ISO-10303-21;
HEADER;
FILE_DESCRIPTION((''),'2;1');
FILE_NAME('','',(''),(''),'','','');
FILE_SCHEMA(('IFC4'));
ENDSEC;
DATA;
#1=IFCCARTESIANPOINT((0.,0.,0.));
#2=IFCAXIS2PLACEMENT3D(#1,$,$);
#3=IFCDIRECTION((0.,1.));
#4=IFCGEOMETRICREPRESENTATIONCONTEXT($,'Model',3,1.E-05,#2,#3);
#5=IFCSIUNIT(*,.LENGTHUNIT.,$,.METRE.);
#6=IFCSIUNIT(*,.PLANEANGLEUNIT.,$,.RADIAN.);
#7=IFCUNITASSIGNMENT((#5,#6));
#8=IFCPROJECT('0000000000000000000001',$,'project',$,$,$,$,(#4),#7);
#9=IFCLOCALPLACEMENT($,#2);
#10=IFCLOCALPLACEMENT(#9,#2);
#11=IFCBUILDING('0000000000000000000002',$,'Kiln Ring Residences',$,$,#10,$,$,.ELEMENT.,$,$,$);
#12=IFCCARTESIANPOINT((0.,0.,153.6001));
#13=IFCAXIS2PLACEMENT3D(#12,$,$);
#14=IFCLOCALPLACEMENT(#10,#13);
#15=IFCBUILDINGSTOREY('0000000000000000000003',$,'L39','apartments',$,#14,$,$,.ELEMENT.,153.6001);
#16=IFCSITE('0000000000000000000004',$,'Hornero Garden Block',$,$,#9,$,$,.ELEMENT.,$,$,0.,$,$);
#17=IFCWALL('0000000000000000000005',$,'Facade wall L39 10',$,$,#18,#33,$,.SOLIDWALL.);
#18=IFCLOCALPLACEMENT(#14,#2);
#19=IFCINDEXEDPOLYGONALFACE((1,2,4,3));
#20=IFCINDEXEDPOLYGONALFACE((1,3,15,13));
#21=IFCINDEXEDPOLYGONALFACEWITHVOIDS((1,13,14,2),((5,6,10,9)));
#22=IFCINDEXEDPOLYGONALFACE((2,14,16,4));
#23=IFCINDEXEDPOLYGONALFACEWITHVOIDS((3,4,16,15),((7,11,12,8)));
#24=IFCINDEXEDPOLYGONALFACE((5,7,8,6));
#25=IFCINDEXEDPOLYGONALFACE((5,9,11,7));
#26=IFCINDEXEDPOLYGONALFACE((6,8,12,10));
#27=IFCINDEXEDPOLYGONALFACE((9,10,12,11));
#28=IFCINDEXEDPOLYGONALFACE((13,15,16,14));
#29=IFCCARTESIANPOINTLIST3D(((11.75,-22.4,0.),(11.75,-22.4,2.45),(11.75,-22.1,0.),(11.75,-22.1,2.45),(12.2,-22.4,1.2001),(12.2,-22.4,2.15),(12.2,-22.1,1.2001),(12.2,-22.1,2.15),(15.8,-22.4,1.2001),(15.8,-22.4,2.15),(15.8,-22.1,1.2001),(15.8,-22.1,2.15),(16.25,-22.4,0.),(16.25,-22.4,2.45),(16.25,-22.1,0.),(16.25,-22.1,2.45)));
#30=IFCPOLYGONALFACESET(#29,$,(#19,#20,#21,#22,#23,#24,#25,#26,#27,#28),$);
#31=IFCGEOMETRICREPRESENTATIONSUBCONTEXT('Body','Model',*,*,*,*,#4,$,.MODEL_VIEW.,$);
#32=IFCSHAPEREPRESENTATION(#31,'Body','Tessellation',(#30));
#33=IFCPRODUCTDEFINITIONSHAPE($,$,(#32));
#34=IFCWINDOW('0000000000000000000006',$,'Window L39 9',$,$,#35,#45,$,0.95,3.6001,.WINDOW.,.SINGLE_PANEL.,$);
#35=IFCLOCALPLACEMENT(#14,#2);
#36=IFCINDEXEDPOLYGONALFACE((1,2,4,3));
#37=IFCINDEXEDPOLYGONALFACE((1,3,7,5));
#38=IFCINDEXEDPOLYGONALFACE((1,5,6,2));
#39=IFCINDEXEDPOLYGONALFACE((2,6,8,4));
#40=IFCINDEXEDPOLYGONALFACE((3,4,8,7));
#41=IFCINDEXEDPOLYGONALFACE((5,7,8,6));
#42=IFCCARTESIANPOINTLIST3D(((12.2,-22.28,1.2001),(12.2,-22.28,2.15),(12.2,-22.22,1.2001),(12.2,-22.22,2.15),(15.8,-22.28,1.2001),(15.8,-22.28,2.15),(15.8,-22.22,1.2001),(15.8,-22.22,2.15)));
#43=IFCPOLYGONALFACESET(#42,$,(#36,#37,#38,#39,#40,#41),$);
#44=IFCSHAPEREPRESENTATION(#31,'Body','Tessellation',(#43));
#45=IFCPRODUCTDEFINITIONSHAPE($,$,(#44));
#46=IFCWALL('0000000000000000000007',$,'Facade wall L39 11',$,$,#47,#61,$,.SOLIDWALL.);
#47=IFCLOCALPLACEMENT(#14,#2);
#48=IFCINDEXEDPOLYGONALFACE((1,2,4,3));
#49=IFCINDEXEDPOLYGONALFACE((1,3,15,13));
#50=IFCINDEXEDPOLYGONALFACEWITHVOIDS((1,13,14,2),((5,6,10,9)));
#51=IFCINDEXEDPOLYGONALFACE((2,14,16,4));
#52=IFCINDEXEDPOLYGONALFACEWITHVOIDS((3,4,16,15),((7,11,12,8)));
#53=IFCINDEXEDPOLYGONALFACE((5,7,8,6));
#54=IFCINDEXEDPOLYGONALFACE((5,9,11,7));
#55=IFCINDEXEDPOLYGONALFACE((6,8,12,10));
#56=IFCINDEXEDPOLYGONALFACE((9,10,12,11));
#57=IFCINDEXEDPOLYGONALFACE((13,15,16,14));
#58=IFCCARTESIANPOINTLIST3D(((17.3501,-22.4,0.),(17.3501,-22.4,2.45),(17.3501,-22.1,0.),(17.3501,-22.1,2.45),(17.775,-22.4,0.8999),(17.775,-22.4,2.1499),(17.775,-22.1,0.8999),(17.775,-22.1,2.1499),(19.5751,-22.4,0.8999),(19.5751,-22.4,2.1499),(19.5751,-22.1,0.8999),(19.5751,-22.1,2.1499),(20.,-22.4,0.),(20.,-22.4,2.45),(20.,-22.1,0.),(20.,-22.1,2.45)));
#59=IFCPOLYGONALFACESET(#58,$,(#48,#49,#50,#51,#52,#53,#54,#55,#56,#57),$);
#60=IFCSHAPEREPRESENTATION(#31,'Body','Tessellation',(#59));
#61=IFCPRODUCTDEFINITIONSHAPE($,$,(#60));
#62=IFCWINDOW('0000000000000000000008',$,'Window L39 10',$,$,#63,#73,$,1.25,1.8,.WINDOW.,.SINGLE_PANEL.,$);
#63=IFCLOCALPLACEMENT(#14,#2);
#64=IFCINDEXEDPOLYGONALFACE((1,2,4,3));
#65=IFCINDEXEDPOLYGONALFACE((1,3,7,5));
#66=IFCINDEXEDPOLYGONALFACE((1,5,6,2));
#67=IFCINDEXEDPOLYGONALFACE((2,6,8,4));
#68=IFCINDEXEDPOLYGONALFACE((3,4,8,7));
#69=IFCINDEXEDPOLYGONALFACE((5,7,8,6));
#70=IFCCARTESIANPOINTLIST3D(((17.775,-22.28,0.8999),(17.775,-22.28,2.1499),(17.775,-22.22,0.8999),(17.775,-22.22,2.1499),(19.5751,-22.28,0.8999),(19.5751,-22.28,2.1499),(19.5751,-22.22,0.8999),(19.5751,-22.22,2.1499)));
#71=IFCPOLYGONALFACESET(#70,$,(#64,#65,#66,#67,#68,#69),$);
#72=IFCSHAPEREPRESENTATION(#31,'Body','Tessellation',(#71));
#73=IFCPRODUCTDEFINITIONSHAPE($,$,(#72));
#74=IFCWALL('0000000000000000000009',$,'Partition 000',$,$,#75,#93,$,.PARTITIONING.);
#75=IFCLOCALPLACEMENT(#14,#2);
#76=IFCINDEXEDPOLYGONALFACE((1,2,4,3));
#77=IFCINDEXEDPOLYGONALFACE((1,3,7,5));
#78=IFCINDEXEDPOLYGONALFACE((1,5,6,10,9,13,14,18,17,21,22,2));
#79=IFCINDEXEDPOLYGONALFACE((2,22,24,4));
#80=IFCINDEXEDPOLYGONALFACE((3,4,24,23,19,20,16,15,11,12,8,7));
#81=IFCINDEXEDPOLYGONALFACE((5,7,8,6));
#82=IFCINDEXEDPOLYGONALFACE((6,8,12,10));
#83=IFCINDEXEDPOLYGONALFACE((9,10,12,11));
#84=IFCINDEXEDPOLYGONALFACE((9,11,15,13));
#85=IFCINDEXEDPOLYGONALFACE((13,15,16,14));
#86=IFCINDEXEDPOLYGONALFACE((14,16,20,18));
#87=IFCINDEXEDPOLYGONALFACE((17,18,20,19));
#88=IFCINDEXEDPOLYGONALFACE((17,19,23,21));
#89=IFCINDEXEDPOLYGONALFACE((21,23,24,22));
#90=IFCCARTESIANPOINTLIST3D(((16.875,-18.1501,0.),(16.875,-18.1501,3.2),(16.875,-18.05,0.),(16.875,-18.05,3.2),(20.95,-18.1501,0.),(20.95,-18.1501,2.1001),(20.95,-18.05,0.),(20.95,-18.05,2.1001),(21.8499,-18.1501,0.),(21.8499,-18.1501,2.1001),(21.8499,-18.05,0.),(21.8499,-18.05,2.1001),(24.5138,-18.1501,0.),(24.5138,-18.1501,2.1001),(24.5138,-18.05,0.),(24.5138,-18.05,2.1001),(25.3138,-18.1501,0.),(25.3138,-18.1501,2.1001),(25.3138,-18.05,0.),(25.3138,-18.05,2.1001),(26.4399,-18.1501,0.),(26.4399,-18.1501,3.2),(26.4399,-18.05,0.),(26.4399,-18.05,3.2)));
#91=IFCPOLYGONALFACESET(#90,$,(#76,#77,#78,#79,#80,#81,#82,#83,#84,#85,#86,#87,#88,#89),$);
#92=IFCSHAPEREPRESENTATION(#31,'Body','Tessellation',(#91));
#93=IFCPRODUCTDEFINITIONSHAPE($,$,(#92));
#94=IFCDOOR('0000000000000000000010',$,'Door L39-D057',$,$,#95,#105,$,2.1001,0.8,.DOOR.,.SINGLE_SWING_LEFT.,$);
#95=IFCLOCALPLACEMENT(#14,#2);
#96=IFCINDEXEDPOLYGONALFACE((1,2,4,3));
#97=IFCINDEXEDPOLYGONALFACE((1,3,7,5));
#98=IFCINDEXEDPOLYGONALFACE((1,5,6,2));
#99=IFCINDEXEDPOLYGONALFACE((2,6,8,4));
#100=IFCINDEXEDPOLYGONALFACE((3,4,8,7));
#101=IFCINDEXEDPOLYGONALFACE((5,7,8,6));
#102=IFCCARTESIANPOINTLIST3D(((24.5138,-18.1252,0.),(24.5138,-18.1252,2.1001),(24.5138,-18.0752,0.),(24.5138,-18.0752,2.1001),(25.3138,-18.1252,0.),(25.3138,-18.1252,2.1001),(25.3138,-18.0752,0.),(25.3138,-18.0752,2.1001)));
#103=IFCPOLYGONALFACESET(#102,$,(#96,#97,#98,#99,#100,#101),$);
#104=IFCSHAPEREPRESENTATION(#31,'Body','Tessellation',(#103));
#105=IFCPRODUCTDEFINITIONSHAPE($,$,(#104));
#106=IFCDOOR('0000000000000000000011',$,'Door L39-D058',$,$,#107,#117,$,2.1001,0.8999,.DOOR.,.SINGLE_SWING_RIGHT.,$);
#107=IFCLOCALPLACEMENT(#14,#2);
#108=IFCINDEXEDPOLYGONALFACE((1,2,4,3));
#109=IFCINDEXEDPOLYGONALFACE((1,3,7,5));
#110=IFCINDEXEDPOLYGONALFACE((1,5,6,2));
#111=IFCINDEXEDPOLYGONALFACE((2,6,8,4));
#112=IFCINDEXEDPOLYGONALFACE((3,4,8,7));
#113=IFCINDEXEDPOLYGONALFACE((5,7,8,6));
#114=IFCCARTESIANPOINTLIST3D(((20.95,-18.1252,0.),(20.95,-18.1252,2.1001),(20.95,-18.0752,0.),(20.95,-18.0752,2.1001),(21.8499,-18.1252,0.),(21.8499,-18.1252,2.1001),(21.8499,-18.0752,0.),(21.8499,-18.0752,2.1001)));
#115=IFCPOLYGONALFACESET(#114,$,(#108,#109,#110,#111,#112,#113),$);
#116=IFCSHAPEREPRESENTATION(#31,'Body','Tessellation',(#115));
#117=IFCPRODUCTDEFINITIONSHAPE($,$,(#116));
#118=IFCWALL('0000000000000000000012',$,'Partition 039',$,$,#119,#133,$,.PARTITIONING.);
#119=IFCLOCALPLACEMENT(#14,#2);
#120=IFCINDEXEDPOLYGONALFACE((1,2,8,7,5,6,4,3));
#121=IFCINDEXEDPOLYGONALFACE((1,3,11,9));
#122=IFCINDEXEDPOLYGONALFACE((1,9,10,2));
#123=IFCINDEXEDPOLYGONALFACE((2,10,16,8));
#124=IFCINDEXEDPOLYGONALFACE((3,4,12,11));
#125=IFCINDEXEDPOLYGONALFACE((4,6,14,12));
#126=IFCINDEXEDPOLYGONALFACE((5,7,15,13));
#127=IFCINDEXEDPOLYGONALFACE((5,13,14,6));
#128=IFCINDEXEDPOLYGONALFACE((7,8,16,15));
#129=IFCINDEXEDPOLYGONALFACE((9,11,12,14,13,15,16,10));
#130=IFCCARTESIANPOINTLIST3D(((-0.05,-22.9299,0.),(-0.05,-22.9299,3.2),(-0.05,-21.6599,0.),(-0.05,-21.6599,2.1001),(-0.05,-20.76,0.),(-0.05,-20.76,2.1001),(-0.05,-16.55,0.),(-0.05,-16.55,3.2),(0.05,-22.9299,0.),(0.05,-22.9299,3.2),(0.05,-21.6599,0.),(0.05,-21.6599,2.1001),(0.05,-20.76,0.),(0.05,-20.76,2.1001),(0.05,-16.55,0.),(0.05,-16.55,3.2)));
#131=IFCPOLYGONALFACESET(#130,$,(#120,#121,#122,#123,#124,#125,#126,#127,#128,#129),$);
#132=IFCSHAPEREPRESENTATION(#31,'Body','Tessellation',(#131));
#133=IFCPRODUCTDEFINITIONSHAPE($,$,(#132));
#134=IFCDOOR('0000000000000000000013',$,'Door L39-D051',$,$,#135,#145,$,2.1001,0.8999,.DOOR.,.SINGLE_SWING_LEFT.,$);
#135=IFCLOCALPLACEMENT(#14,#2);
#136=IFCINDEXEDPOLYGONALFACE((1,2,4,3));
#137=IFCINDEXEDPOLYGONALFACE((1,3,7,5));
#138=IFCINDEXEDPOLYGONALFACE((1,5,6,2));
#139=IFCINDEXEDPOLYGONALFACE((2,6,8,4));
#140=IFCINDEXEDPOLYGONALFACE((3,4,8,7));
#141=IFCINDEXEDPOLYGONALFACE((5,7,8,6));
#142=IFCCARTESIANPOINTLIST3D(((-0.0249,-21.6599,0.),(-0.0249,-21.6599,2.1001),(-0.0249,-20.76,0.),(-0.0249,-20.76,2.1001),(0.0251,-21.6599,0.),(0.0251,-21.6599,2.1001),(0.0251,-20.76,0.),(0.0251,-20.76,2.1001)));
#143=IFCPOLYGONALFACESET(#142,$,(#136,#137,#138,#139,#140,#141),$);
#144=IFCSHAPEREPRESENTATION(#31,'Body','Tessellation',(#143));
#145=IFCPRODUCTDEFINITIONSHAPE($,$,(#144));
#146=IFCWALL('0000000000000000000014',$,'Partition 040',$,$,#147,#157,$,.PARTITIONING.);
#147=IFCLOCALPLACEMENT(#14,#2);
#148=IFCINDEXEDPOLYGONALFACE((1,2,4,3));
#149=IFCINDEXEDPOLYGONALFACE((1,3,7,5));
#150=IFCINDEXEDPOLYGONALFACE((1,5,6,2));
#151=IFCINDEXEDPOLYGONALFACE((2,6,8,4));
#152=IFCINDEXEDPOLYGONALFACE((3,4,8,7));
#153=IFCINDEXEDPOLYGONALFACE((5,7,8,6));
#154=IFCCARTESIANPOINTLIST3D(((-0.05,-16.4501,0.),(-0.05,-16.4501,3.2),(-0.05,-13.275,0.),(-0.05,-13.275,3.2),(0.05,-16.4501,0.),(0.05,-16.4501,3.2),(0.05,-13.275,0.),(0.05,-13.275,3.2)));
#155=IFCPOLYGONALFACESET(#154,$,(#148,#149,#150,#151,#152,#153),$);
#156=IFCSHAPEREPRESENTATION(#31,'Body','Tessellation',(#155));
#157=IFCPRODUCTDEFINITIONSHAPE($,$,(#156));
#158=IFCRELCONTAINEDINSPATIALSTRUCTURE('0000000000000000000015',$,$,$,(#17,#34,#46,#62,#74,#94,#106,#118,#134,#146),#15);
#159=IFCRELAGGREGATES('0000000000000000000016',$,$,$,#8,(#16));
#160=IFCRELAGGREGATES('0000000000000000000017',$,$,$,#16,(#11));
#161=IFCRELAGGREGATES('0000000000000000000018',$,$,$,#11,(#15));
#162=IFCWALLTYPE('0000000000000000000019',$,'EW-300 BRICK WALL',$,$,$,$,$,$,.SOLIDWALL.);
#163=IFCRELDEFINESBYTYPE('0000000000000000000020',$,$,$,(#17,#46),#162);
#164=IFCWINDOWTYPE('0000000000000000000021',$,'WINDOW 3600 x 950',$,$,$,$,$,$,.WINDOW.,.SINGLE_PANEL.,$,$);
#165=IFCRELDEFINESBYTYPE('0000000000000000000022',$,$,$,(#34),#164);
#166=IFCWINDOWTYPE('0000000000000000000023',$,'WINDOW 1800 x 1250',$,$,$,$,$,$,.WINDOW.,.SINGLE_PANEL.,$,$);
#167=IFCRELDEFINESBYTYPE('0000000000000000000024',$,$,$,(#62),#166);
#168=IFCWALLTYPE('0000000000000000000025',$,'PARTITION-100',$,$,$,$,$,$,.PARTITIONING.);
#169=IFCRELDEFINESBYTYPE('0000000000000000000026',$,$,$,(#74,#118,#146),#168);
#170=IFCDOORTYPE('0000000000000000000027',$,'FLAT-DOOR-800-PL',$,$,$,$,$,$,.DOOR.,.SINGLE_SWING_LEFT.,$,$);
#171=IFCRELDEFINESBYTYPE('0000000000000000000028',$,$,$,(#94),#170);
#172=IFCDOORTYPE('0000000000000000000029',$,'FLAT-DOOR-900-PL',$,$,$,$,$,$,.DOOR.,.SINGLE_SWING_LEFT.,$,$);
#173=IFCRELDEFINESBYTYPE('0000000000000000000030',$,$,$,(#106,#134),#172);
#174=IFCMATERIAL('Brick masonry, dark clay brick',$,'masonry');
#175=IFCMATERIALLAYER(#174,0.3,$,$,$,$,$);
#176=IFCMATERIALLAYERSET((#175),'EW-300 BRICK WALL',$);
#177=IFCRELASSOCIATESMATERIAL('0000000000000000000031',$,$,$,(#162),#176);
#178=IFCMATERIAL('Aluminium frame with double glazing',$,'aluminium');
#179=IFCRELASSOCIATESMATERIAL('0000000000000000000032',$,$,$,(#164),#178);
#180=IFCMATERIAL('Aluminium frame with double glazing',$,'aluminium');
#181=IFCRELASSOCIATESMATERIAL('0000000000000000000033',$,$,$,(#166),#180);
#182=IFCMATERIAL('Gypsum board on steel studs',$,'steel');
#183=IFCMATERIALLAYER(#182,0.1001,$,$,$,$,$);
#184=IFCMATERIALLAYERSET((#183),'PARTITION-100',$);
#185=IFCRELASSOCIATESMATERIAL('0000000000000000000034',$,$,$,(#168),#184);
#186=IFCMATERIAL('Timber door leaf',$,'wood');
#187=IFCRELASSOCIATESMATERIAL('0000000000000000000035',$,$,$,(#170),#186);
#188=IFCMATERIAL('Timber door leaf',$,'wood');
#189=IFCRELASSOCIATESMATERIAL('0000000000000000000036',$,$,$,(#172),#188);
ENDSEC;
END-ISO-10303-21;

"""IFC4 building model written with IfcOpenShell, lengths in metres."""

from ifc_helpers import new_model, si_unit, direction, frame, frame_2d, origin, place, context, subcontext, project, spatial, rectangle, extrude, material, layer, layer_set, type_object, element, fill, save


model = new_model("IFC4")

# Units and contexts
model_context = context("Model", 3, precision=1e-05, world=origin(), true_north=direction((0.0, 1.0)))
body_context = subcontext(model_context, "Body", "Model", "MODEL_VIEW")
ifc_project = project(units=[si_unit("LENGTHUNIT", "METRE"), si_unit("PLANEANGLEUNIT", "RADIAN")], contexts=[model_context])

# Site, building, storey
site_placement = place(None, origin())
site = spatial("IfcSite", under=ifc_project, at=site_placement, Name="Hornero Garden Block", CompositionType="ELEMENT", RefElevation=0.0)
building_placement = place(site_placement, origin())
building = spatial("IfcBuilding", under=site, at=building_placement, Name="Kiln Ring Residences", CompositionType="ELEMENT")
storey_placement = place(building_placement, frame((0.0, 0.0, 153.6001)))
storey = spatial("IfcBuildingStorey", under=building, at=storey_placement, Name="L39", Description="apartments", CompositionType="ELEMENT", Elevation=153.6001)

# Walls, openings, windows
ifc_material_1 = material(Name="Brick masonry, dark clay brick", Category="masonry")
ifc_layer_1 = layer(ifc_material_1, 0.3)
ifc_layer_set_1 = layer_set([ifc_layer_1], Name="EW-300 BRICK WALL")
wall_type_1 = type_object("IfcWallType", Name="EW-300 BRICK WALL", PredefinedType="SOLIDWALL", material=ifc_layer_set_1)
ifc_material_2 = material(Name="Aluminium frame with double glazing", Category="aluminium")
window_type_1 = type_object("IfcWindowType", Name="WINDOW 3600 x 950", PartitioningType="SINGLE_PANEL", PredefinedType="WINDOW", material=ifc_material_2)
wall_1_placement = place(storey_placement, frame((11.75, -22.25, 0.0), z_axis=(0.0, 0.0, 1.0), x_axis=(1.0, 0.0, 0.0)))
wall_1 = element("IfcWall", 1, at=wall_1_placement, inside=storey, type_object=wall_type_1, Name="Facade wall L39 10", PredefinedType="SOLIDWALL", context=body_context, shape_type="SweptSolid", body=[
    extrude(rectangle(XDim=4.5, YDim=0.3, at=frame_2d((2.25, 0.0))), origin(), (0.0, 0.0, 1.0), 2.45),
])
opening_1_placement = place(wall_1_placement, frame((0.45, 0.0, 1.2)))
opening_1 = element("IfcOpeningElement", 2, at=opening_1_placement, cuts=wall_1, PredefinedType="OPENING", context=body_context, shape_type="SweptSolid", body=[
    extrude(rectangle(XDim=3.6001, YDim=0.95, at=frame_2d((1.8, 0.4751))), frame((0.0, 0.1599, 0.0), z_axis=(0.0, -1.0, 0.0), x_axis=(1.0, 0.0, 0.0)), (0.0, 0.0, 1.0), 0.3201),
])
window_1_placement = place(opening_1_placement, origin())
window_1 = element("IfcWindow", 3, at=window_1_placement, inside=storey, type_object=window_type_1, Name="Window L39 9", OverallHeight=0.95, OverallWidth=3.6001, PartitioningType="SINGLE_PANEL", PredefinedType="WINDOW", context=body_context, shape_type="SweptSolid", body=[
    extrude(rectangle(XDim=3.6001, YDim=0.95, at=frame_2d((1.8, 0.4751))), frame((0.0, 0.03, 0.0), z_axis=(0.0, -1.0, 0.0), x_axis=(1.0, 0.0, 0.0)), (0.0, 0.0, 1.0), 0.0601),
])
fill(opening_1, window_1)
wall_2_placement = place(storey_placement, frame((17.3501, -22.25, 0.0), z_axis=(0.0, 0.0, 1.0), x_axis=(1.0, 0.0, 0.0)))
wall_2 = element("IfcWall", 4, at=wall_2_placement, inside=storey, type_object=wall_type_1, Name="Facade wall L39 11", PredefinedType="SOLIDWALL", context=body_context, shape_type="SweptSolid", body=[
    extrude(rectangle(XDim=2.6499, YDim=0.3, at=frame_2d((1.325, 0.0))), origin(), (0.0, 0.0, 1.0), 2.45),
])
opening_2_placement = place(wall_2_placement, frame((0.425, 0.0, 0.8999)))
opening_2 = element("IfcOpeningElement", 5, at=opening_2_placement, cuts=wall_2, PredefinedType="OPENING", context=body_context, shape_type="SweptSolid", body=[
    extrude(rectangle(XDim=1.8, YDim=1.25, at=frame_2d((0.8999, 0.625))), frame((0.0, 0.1599, 0.0), z_axis=(0.0, -1.0, 0.0), x_axis=(1.0, 0.0, 0.0)), (0.0, 0.0, 1.0), 0.3201),
])
ifc_material_3 = material(Name="Aluminium frame with double glazing", Category="aluminium")
window_type_2 = type_object("IfcWindowType", Name="WINDOW 1800 x 1250", PartitioningType="SINGLE_PANEL", PredefinedType="WINDOW", material=ifc_material_3)
window_2_placement = place(opening_2_placement, origin())
window_2 = element("IfcWindow", 6, at=window_2_placement, inside=storey, type_object=window_type_2, Name="Window L39 10", OverallHeight=1.25, OverallWidth=1.8, PartitioningType="SINGLE_PANEL", PredefinedType="WINDOW", context=body_context, shape_type="SweptSolid", body=[
    extrude(rectangle(XDim=1.8, YDim=1.25, at=frame_2d((0.8999, 0.625))), frame((0.0, 0.03, 0.0), z_axis=(0.0, -1.0, 0.0), x_axis=(1.0, 0.0, 0.0)), (0.0, 0.0, 1.0), 0.0601),
])
fill(opening_2, window_2)

# Wall, openings, doors
ifc_material_4 = material(Name="Gypsum board on steel studs", Category="steel")
ifc_layer_2 = layer(ifc_material_4, 0.1001)
ifc_layer_set_2 = layer_set([ifc_layer_2], Name="PARTITION-100")
wall_type_2 = type_object("IfcWallType", Name="PARTITION-100", PredefinedType="PARTITIONING", material=ifc_layer_set_2)
wall_3_placement = place(storey_placement, frame((16.875, -18.1001, 0.0), z_axis=(0.0, 0.0, 1.0), x_axis=(1.0, 0.0, 0.0)))
wall_3 = element("IfcWall", 7, at=wall_3_placement, inside=storey, type_object=wall_type_2, Name="Partition 000", PredefinedType="PARTITIONING", context=body_context, shape_type="SweptSolid", body=[
    extrude(rectangle(XDim=9.5649, YDim=0.1001, at=frame_2d((4.7825, 0.0))), origin(), (0.0, 0.0, 1.0), 3.2),
])
opening_3_placement = place(wall_3_placement, frame((7.6389, 0.0, 0.0)))
opening_3 = element("IfcOpeningElement", 8, at=opening_3_placement, cuts=wall_3, PredefinedType="OPENING", context=body_context, shape_type="SweptSolid", body=[
    extrude(rectangle(XDim=0.8, YDim=2.1001, at=frame_2d((0.3999, 1.05))), frame((0.0, 0.0601, 0.0), z_axis=(0.0, -1.0, 0.0), x_axis=(1.0, 0.0, 0.0)), (0.0, 0.0, 1.0), 0.1201),
])
opening_4_placement = place(wall_3_placement, frame((4.075, 0.0, 0.0)))
opening_4 = element("IfcOpeningElement", 9, at=opening_4_placement, cuts=wall_3, PredefinedType="OPENING", context=body_context, shape_type="SweptSolid", body=[
    extrude(rectangle(XDim=0.8999, YDim=2.1001, at=frame_2d((0.45, 1.05))), frame((0.0, 0.0601, 0.0), z_axis=(0.0, -1.0, 0.0), x_axis=(1.0, 0.0, 0.0)), (0.0, 0.0, 1.0), 0.1201),
])
ifc_material_5 = material(Name="Timber door leaf", Category="wood")
door_type_1 = type_object("IfcDoorType", Name="FLAT-DOOR-800-PL", OperationType="SINGLE_SWING_LEFT", PredefinedType="DOOR", material=ifc_material_5)
door_1_placement = place(opening_3_placement, origin())
door_1 = element("IfcDoor", 10, at=door_1_placement, inside=storey, type_object=door_type_1, Name="Door L39-D057", OperationType="SINGLE_SWING_LEFT", OverallHeight=2.1001, OverallWidth=0.8, PredefinedType="DOOR", context=body_context, shape_type="SweptSolid", body=[
    extrude(rectangle(XDim=0.8, YDim=2.1001, at=frame_2d((0.3999, 1.05))), frame((0.0, 0.0249, 0.0), z_axis=(0.0, -1.0, 0.0), x_axis=(1.0, 0.0, 0.0)), (0.0, 0.0, 1.0), 0.05),
])
fill(opening_3, door_1)
ifc_material_6 = material(Name="Timber door leaf", Category="wood")
door_type_2 = type_object("IfcDoorType", Name="FLAT-DOOR-900-PL", OperationType="SINGLE_SWING_LEFT", PredefinedType="DOOR", material=ifc_material_6)
door_2_placement = place(opening_4_placement, origin())
door_2 = element("IfcDoor", 11, at=door_2_placement, inside=storey, type_object=door_type_2, Name="Door L39-D058", OperationType="SINGLE_SWING_RIGHT", OverallHeight=2.1001, OverallWidth=0.8999, PredefinedType="DOOR", context=body_context, shape_type="SweptSolid", body=[
    extrude(rectangle(XDim=0.8999, YDim=2.1001, at=frame_2d((0.45, 1.05))), frame((0.0, 0.0249, 0.0), z_axis=(0.0, -1.0, 0.0), x_axis=(1.0, 0.0, 0.0)), (0.0, 0.0, 1.0), 0.05),
])
fill(opening_4, door_2)

# Wall, opening, door
wall_4_placement = place(storey_placement, frame((0.0, -22.9299, 0.0), z_axis=(0.0, 0.0, 1.0), x_axis=(0.0, 1.0, 0.0)))
wall_4 = element("IfcWall", 12, at=wall_4_placement, inside=storey, type_object=wall_type_2, Name="Partition 039", PredefinedType="PARTITIONING", context=body_context, shape_type="SweptSolid", body=[
    extrude(rectangle(XDim=6.3799, YDim=0.1001, at=frame_2d((3.1899, 0.0))), origin(), (0.0, 0.0, 1.0), 3.2),
])
opening_5_placement = place(wall_4_placement, frame((1.27, 0.0, 0.0)))
opening_5 = element("IfcOpeningElement", 13, at=opening_5_placement, cuts=wall_4, PredefinedType="OPENING", context=body_context, shape_type="SweptSolid", body=[
    extrude(rectangle(XDim=0.8999, YDim=2.1001, at=frame_2d((0.45, 1.05))), frame((0.0, 0.0601, 0.0), z_axis=(0.0, -1.0, 0.0), x_axis=(1.0, 0.0, 0.0)), (0.0, 0.0, 1.0), 0.1201),
])
door_3_placement = place(opening_5_placement, origin())
door_3 = element("IfcDoor", 14, at=door_3_placement, inside=storey, type_object=door_type_2, Name="Door L39-D051", OperationType="SINGLE_SWING_LEFT", OverallHeight=2.1001, OverallWidth=0.8999, PredefinedType="DOOR", context=body_context, shape_type="SweptSolid", body=[
    extrude(rectangle(XDim=0.8999, YDim=2.1001, at=frame_2d((0.45, 1.05))), frame((0.0, 0.0249, 0.0), z_axis=(0.0, -1.0, 0.0), x_axis=(1.0, 0.0, 0.0)), (0.0, 0.0, 1.0), 0.05),
])
fill(opening_5, door_3)

# Wall
wall_5_placement = place(storey_placement, frame((0.0, -16.45, 0.0), z_axis=(0.0, 0.0, 1.0), x_axis=(0.0, 1.0, 0.0)))
element("IfcWall", 15, at=wall_5_placement, inside=storey, type_object=wall_type_2, Name="Partition 040", PredefinedType="PARTITIONING", context=body_context, shape_type="SweptSolid", body=[
    extrude(rectangle(XDim=3.175, YDim=0.1001, at=frame_2d((1.5874, 0.0))), origin(), (0.0, 0.0, 1.0), 3.2),
])

save(model, "model.ifc")
